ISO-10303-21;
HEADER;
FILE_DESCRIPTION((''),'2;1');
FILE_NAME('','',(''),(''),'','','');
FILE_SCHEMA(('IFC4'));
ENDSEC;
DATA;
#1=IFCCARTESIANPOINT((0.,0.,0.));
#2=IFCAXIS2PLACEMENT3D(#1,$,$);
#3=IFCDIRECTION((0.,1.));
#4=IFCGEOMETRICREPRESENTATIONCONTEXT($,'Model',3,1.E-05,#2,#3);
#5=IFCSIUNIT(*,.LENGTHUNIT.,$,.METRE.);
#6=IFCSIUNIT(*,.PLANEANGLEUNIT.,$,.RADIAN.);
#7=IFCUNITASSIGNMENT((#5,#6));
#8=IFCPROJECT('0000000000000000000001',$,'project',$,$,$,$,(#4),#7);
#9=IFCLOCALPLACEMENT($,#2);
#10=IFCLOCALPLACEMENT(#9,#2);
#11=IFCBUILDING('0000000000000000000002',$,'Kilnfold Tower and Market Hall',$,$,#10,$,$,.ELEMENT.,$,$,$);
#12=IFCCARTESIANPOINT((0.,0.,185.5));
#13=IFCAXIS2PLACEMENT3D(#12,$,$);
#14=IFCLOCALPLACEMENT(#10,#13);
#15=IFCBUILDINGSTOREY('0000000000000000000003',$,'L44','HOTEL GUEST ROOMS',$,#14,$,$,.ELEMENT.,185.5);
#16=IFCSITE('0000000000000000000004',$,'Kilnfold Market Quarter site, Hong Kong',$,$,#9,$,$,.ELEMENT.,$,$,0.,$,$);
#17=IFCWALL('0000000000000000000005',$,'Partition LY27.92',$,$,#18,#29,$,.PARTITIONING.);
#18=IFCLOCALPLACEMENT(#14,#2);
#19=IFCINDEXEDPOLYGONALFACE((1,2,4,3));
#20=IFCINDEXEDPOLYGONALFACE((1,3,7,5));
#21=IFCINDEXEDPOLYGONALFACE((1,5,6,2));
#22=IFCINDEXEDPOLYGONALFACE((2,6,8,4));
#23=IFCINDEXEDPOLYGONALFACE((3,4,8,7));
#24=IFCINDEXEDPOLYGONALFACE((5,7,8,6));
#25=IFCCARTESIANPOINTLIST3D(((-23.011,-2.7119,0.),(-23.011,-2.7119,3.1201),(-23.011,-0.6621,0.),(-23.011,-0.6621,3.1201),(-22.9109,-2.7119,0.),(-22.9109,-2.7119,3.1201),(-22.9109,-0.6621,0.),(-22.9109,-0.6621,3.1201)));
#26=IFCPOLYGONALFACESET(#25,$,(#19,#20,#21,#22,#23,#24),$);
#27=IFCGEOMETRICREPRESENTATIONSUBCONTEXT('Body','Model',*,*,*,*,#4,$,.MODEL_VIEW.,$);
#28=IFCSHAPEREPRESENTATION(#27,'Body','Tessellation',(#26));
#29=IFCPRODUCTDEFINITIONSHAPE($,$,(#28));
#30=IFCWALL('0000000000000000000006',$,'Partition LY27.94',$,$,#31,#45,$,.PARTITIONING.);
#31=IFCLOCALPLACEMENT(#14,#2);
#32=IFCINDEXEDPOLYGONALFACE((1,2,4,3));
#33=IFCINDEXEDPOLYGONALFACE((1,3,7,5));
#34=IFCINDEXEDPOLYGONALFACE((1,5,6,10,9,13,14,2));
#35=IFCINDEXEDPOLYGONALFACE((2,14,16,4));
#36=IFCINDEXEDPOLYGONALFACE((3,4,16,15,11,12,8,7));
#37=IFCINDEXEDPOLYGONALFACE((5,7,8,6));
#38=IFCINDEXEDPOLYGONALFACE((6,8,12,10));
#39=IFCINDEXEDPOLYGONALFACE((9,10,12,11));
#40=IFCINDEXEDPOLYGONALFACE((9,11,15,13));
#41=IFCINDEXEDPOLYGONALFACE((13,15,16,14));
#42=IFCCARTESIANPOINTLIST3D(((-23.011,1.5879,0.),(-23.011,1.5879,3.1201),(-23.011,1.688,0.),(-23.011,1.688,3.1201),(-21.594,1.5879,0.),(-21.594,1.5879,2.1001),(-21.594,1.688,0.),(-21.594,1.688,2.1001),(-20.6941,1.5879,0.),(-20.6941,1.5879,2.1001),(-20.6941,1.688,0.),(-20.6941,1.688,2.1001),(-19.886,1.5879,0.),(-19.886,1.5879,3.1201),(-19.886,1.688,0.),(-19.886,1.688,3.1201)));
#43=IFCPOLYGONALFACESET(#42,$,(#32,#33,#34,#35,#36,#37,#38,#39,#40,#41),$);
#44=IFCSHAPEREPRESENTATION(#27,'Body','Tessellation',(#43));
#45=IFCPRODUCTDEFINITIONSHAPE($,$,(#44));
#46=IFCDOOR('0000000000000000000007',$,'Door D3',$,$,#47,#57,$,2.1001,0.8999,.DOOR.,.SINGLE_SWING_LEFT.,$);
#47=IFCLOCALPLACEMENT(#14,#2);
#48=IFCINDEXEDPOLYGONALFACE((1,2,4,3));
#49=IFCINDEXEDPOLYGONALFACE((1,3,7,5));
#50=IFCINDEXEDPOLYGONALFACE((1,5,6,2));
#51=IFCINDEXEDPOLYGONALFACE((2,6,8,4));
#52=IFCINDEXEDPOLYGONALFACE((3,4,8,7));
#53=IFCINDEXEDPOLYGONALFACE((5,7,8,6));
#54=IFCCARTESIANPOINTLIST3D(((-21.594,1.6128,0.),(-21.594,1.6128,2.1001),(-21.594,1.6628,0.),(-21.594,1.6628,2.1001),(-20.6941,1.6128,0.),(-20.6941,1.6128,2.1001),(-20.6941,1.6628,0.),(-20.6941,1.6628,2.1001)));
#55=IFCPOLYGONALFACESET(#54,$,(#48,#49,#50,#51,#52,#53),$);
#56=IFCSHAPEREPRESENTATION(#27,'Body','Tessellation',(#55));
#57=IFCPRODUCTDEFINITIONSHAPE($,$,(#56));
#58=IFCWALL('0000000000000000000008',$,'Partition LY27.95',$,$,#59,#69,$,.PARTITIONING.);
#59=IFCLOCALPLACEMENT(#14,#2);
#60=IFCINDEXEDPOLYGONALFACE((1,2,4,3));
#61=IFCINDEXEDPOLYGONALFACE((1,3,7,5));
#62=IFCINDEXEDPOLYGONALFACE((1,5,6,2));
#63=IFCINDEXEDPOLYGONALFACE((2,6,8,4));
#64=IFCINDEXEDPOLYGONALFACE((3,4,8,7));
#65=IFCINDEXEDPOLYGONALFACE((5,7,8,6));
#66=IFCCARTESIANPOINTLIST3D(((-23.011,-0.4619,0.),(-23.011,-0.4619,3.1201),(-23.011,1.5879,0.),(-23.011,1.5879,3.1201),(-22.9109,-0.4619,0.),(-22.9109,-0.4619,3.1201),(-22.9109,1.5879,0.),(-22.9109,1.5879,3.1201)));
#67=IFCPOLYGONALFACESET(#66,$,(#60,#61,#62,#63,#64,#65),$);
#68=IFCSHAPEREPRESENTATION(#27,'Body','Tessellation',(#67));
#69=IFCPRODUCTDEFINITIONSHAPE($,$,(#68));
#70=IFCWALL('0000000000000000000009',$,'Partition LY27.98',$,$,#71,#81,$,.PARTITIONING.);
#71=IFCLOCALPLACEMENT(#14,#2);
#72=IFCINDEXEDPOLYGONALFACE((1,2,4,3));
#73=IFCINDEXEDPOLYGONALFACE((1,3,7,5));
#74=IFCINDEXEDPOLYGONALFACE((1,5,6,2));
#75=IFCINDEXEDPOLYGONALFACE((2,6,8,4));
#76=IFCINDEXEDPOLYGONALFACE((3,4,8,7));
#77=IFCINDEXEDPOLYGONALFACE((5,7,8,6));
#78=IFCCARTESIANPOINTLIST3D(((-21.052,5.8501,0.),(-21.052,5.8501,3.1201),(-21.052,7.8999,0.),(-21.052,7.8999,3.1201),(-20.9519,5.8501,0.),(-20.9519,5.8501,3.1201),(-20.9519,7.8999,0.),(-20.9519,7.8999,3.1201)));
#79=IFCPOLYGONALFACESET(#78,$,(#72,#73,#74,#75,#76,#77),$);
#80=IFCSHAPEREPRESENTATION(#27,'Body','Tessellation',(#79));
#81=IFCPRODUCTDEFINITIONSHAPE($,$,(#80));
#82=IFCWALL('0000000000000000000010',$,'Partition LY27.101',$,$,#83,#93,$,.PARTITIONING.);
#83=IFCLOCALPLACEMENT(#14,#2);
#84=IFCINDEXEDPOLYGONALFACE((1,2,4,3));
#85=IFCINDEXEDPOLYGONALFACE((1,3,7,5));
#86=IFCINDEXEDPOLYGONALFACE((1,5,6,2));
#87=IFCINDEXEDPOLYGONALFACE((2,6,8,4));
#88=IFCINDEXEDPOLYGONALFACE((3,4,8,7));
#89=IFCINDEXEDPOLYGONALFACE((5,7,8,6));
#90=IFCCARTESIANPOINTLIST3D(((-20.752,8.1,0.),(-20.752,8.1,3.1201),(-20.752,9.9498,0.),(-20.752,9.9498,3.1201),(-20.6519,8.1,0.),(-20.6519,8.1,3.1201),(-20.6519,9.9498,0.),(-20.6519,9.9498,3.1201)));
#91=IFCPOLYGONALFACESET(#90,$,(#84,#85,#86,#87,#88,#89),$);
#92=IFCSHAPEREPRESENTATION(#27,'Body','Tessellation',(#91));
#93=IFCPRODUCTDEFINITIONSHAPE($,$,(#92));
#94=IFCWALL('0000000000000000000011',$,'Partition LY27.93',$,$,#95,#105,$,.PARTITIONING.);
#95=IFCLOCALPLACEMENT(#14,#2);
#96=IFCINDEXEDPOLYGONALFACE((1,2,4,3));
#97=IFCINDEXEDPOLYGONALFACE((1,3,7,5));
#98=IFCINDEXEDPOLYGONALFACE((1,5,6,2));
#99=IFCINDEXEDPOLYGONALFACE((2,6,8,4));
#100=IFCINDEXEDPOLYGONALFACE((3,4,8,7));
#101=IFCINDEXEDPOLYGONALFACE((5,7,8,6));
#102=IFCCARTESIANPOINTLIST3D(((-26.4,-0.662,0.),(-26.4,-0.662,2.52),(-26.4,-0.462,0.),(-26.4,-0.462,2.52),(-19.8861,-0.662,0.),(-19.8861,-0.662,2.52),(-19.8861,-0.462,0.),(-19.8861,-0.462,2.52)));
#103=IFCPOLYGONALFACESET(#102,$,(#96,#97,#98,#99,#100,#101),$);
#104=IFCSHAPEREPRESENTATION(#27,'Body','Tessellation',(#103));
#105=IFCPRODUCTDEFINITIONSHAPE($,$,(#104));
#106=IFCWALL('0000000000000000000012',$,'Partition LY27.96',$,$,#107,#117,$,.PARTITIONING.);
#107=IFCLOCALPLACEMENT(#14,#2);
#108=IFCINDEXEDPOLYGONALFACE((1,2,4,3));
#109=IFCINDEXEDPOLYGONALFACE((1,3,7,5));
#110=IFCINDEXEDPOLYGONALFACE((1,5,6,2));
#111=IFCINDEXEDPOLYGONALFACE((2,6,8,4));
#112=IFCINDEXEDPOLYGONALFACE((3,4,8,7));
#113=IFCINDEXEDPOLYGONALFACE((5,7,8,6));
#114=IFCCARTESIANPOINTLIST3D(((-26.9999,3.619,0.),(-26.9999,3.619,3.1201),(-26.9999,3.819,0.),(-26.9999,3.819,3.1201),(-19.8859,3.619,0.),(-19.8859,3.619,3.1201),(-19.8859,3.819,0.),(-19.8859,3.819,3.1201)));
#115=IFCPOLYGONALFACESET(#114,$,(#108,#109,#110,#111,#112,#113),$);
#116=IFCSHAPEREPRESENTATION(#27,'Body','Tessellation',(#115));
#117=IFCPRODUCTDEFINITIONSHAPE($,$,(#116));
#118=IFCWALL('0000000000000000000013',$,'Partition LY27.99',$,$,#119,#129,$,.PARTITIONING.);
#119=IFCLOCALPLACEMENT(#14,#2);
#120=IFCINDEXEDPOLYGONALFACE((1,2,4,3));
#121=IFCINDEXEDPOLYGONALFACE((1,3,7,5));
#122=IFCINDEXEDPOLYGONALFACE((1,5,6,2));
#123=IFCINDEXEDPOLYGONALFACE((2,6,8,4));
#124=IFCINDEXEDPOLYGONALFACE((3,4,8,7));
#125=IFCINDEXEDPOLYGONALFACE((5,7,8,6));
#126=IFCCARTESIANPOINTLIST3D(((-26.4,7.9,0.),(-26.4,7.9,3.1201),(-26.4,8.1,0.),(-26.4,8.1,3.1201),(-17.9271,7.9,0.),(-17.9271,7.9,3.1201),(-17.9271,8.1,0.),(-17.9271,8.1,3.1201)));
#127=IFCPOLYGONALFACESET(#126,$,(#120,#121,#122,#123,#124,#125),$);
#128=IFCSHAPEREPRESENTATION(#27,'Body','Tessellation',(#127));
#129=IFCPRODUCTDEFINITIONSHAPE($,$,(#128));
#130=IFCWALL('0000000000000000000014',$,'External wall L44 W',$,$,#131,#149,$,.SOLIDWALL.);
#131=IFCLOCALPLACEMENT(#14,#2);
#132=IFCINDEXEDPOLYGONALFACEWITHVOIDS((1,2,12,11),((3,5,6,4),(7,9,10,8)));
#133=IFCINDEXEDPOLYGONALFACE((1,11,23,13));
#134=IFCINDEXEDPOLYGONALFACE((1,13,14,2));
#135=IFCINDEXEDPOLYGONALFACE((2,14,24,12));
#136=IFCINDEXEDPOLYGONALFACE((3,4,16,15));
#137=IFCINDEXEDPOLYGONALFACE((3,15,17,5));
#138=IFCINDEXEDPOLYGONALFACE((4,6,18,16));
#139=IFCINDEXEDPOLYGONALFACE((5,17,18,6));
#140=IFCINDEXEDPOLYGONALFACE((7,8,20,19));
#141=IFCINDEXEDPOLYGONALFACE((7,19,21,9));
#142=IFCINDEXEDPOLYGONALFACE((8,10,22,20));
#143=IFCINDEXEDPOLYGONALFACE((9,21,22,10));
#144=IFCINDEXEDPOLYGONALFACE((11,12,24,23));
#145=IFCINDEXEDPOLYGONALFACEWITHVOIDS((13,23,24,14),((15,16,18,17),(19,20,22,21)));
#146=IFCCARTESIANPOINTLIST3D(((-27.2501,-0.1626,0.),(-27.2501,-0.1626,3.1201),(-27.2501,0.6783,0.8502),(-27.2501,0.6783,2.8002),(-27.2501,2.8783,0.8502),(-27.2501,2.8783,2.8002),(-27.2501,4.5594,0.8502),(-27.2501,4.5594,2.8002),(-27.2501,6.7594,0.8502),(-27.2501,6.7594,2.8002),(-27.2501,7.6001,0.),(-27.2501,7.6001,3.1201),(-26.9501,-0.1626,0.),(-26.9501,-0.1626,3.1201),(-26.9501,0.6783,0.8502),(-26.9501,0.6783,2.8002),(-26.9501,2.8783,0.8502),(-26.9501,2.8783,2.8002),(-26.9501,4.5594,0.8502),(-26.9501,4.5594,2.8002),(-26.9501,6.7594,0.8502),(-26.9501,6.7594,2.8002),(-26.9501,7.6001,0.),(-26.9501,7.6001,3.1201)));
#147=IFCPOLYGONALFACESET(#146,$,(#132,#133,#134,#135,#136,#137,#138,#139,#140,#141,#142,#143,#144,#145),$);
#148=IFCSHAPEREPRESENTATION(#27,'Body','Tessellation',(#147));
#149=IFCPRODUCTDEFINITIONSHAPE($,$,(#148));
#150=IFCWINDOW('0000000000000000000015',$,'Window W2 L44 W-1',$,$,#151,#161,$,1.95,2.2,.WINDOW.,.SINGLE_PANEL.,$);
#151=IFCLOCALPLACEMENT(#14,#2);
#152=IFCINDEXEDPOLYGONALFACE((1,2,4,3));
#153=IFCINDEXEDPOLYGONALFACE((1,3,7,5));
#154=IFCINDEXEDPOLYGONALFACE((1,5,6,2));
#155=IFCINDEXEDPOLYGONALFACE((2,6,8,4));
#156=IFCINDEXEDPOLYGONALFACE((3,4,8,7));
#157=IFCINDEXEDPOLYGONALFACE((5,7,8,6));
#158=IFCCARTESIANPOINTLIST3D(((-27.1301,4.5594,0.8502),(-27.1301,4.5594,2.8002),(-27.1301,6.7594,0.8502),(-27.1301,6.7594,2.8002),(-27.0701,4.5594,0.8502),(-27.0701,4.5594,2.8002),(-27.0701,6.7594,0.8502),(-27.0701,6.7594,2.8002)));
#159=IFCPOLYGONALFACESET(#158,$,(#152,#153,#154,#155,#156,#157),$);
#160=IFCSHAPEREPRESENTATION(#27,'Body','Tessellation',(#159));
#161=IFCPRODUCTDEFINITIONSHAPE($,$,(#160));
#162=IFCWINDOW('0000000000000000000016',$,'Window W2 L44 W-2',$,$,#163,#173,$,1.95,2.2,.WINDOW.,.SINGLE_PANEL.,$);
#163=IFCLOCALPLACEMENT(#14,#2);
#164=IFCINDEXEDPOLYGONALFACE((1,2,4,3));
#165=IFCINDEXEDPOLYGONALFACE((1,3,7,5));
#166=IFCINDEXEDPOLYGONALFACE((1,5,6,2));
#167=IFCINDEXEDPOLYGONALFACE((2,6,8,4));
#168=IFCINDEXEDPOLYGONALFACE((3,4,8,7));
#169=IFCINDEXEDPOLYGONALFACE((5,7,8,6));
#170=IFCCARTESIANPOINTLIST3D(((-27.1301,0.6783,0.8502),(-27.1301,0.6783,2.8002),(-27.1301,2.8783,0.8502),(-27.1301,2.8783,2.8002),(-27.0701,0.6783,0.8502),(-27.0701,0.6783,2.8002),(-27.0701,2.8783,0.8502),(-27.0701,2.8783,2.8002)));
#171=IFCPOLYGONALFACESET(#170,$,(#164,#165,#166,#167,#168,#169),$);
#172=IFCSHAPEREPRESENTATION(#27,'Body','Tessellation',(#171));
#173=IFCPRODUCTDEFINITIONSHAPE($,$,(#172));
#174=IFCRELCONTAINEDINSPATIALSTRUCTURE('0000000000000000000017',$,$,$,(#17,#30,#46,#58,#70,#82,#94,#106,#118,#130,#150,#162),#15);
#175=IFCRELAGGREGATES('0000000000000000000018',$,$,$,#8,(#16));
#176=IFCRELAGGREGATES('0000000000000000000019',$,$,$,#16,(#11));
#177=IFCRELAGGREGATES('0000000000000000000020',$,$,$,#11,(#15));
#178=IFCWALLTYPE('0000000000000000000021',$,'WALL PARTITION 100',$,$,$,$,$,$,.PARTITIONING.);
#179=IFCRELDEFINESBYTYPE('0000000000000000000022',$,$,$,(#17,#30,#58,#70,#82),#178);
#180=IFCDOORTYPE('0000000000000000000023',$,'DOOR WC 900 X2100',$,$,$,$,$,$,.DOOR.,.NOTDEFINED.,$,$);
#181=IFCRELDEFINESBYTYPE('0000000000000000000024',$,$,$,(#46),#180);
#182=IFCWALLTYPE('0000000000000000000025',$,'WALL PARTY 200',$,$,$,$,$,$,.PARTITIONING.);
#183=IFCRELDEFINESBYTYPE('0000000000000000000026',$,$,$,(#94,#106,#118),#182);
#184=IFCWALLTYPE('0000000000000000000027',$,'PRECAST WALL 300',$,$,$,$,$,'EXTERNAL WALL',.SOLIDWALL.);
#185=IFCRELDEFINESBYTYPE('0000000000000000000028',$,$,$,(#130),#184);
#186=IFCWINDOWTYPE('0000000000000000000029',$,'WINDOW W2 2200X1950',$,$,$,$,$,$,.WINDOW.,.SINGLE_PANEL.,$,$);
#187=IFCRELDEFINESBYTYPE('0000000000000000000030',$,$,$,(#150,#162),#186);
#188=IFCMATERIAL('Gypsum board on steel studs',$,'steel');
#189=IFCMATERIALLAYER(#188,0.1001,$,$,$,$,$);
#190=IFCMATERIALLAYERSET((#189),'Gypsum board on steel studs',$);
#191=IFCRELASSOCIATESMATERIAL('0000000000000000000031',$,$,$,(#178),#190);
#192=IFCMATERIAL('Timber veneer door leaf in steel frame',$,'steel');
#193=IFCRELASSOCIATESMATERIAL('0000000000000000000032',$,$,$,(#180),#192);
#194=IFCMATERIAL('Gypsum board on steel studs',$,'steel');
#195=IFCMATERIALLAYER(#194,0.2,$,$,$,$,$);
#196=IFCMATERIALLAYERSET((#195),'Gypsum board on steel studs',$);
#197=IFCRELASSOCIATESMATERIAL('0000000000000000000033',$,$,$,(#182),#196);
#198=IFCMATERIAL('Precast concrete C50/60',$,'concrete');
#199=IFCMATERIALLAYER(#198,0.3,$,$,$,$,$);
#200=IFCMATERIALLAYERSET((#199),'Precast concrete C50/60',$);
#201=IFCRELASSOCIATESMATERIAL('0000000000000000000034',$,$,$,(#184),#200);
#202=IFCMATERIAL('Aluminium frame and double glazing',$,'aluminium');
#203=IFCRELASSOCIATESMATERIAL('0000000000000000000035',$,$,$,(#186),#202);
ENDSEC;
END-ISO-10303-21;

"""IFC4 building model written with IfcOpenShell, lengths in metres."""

from ifc_helpers import new_model, si_unit, direction, frame, frame_2d, origin, place, context, subcontext, project, spatial, rectangle, extrude, source, transform, mapped, material, layer, layer_set, type_object, element, fill, save


model = new_model("IFC4")

# Units and contexts
model_context = context("Model", 3, precision=1e-05, world=origin(), true_north=direction((0.0, 1.0)))
body_context = subcontext(model_context, "Body", "Model", "MODEL_VIEW")
ifc_project = project(units=[si_unit("LENGTHUNIT", "METRE"), si_unit("PLANEANGLEUNIT", "RADIAN")], contexts=[model_context])

# Site, building, storey
site_placement = place(None, origin())
site = spatial("IfcSite", under=ifc_project, at=site_placement, Name="Kilnfold Market Quarter site, Hong Kong", CompositionType="ELEMENT", RefElevation=0.0)
building_placement = place(site_placement, origin())
building = spatial("IfcBuilding", under=site, at=building_placement, Name="Kilnfold Tower and Market Hall", CompositionType="ELEMENT")
storey_placement = place(building_placement, frame((0.0, 0.0, 185.5)))
storey = spatial("IfcBuildingStorey", under=building, at=storey_placement, Name="L44", Description="HOTEL GUEST ROOMS", CompositionType="ELEMENT", Elevation=185.5)

# Wall
ifc_material_1 = material(Name="Gypsum board on steel studs", Category="steel")
ifc_layer_1 = layer(ifc_material_1, 0.1001)
ifc_layer_set_1 = layer_set([ifc_layer_1], Name="Gypsum board on steel studs")
wall_type_1 = type_object("IfcWallType", Name="WALL PARTITION 100", PredefinedType="PARTITIONING", material=ifc_layer_set_1)
wall_1_placement = place(storey_placement, frame((-22.9609, -2.7119, 0.0), z_axis=(0.0, 0.0, 1.0), x_axis=(0.0, 1.0, 0.0)))
element("IfcWall", 1, at=wall_1_placement, inside=storey, type_object=wall_type_1, Name="Partition LY27.92", PredefinedType="PARTITIONING", context=body_context, shape_type="SweptSolid", body=[
    extrude(rectangle(XDim=2.0498, YDim=0.1001, at=frame_2d((1.0249, 0.0))), origin(), (0.0, 0.0, 1.0), 3.1201),
])

# Wall, opening, door
wall_2_placement = place(storey_placement, frame((-23.011, 1.6379, 0.0), z_axis=(0.0, 0.0, 1.0), x_axis=(1.0, 0.0, 0.0)))
wall_2 = element("IfcWall", 2, at=wall_2_placement, inside=storey, type_object=wall_type_1, Name="Partition LY27.94", PredefinedType="PARTITIONING", context=body_context, shape_type="SweptSolid", body=[
    extrude(rectangle(XDim=3.125, YDim=0.1001, at=frame_2d((1.5625, 0.0))), origin(), (0.0, 0.0, 1.0), 3.1201),
])
opening_1_placement = place(wall_2_placement, frame((1.417, 0.0, 0.0)))
opening_1 = element("IfcOpeningElement", 3, at=opening_1_placement, cuts=wall_2, PredefinedType="OPENING", context=body_context, shape_type="SweptSolid", body=[
    extrude(rectangle(XDim=0.8999, YDim=2.1001, at=frame_2d((0.45, 1.05))), frame((0.0, 0.0601, 0.0), z_axis=(0.0, -1.0, 0.0), x_axis=(1.0, 0.0, 0.0)), (0.0, 0.0, 1.0), 0.1201),
])
ifc_material_2 = material(Name="Timber veneer door leaf in steel frame", Category="steel")
door_type_1 = type_object("IfcDoorType", Name="DOOR WC 900 X2100", OperationType="NOTDEFINED", PredefinedType="DOOR", material=ifc_material_2)
door_1_placement = place(opening_1_placement, origin())
door_1 = element("IfcDoor", 4, at=door_1_placement, inside=storey, type_object=door_type_1, Name="Door D3", OperationType="SINGLE_SWING_LEFT", OverallHeight=2.1001, OverallWidth=0.8999, PredefinedType="DOOR", context=body_context, shape_type="SweptSolid", body=[
    extrude(rectangle(XDim=0.8999, YDim=2.1001, at=frame_2d((0.45, 1.05))), frame((0.0, 0.0249, 0.0), z_axis=(0.0, -1.0, 0.0), x_axis=(1.0, 0.0, 0.0)), (0.0, 0.0, 1.0), 0.05),
])
fill(opening_1, door_1)

# Walls
for number, where, z_axis, x_axis, name in (
    (5, (-22.9609, -0.4619, 0.0), (0.0, 0.0, 1.0), (0.0, 1.0, 0.0), "Partition LY27.95"),
    (6, (-21.002, 5.8501, 0.0), (0.0, 0.0, 1.0), (0.0, 1.0, 0.0), "Partition LY27.98"),
):
    element("IfcWall", number, at=place(storey_placement, frame(where, z_axis=z_axis, x_axis=x_axis)), inside=storey, type_object=wall_type_1, Name=name, PredefinedType="PARTITIONING", context=body_context, shape_type="SweptSolid", body=[
        extrude(rectangle(XDim=2.0498, YDim=0.1001, at=frame_2d((1.0249, 0.0))), origin(), (0.0, 0.0, 1.0), 3.1201),
    ])
wall_3_placement = place(storey_placement, frame((-20.7019, 8.1001, 0.0), z_axis=(0.0, 0.0, 1.0), x_axis=(0.0, 1.0, 0.0)))
element("IfcWall", 7, at=wall_3_placement, inside=storey, type_object=wall_type_1, Name="Partition LY27.101", PredefinedType="PARTITIONING", context=body_context, shape_type="SweptSolid", body=[
    extrude(rectangle(XDim=1.8499, YDim=0.1001, at=frame_2d((0.9248, 0.0))), origin(), (0.0, 0.0, 1.0), 3.1201),
])
ifc_material_3 = material(Name="Gypsum board on steel studs", Category="steel")
ifc_layer_2 = layer(ifc_material_3, 0.2)
ifc_layer_set_2 = layer_set([ifc_layer_2], Name="Gypsum board on steel studs")
wall_type_2 = type_object("IfcWallType", Name="WALL PARTY 200", PredefinedType="PARTITIONING", material=ifc_layer_set_2)
wall_4_placement = place(storey_placement, frame((-26.3999, -0.562, 0.0), z_axis=(0.0, 0.0, 1.0), x_axis=(1.0, 0.0, 0.0)))
element("IfcWall", 8, at=wall_4_placement, inside=storey, type_object=wall_type_2, Name="Partition LY27.93", PredefinedType="PARTITIONING", context=body_context, shape_type="SweptSolid", body=[
    extrude(rectangle(XDim=6.5139, YDim=0.2, at=frame_2d((3.2568, 0.0))), origin(), (0.0, 0.0, 1.0), 2.52),
])
wall_5_placement = place(storey_placement, frame((-27.0, 3.719, 0.0), z_axis=(0.0, 0.0, 1.0), x_axis=(1.0, 0.0, 0.0)))
element("IfcWall", 9, at=wall_5_placement, inside=storey, type_object=wall_type_2, Name="Partition LY27.96", PredefinedType="PARTITIONING", context=body_context, shape_type="SweptSolid", body=[
    extrude(rectangle(XDim=7.114, YDim=0.2, at=frame_2d((3.5571, 0.0))), origin(), (0.0, 0.0, 1.0), 3.1201),
])
wall_6_placement = place(storey_placement, frame((-26.3999, 8.0, 0.0), z_axis=(0.0, 0.0, 1.0), x_axis=(1.0, 0.0, 0.0)))
element("IfcWall", 10, at=wall_6_placement, inside=storey, type_object=wall_type_2, Name="Partition LY27.99", PredefinedType="PARTITIONING", context=body_context, shape_type="SweptSolid", body=[
    extrude(rectangle(XDim=8.4729, YDim=0.2, at=frame_2d((4.2363, 0.0))), origin(), (0.0, 0.0, 1.0), 3.1201),
])

# Wall, openings, windows
ifc_material_4 = material(Name="Precast concrete C50/60", Category="concrete")
ifc_layer_3 = layer(ifc_material_4, 0.3)
ifc_layer_set_3 = layer_set([ifc_layer_3], Name="Precast concrete C50/60")
wall_type_3 = type_object("IfcWallType", Name="PRECAST WALL 300", ElementType="EXTERNAL WALL", PredefinedType="SOLIDWALL", material=ifc_layer_set_3)
shared_shape_1 = source(origin(), body_context, "Body", "SweptSolid", [
    extrude(rectangle(XDim=7.7627, YDim=0.3, at=frame_2d((3.8813, 0.0))), origin(), (0.0, 0.0, 1.0), 3.1201),
])
wall_7_placement = place(storey_placement, frame((-27.1001, 7.6001, 0.0), z_axis=(0.0, 0.0, 1.0), x_axis=(0.0, -1.0, 0.0)))
wall_7 = element("IfcWall", 11, at=wall_7_placement, inside=storey, type_object=wall_type_3, Name="External wall L44 W", PredefinedType="SOLIDWALL", context=body_context, shape_type="MappedRepresentation", body=[
    mapped(shared_shape_1, transform((0.0, 0.0, 0.0))),
])
opening_2_placement = place(wall_7_placement, frame((0.8406, 0.0, 0.8501)))
opening_2 = element("IfcOpeningElement", 12, at=opening_2_placement, cuts=wall_7, PredefinedType="OPENING", context=body_context, shape_type="SweptSolid", body=[
    extrude(rectangle(XDim=2.2, YDim=1.95, at=frame_2d((1.1001, 0.9751))), frame((0.0, 0.1602, 0.0), z_axis=(0.0, -1.0, 0.0), x_axis=(1.0, 0.0, 0.0)), (0.0, 0.0, 1.0), 0.3201),
])
opening_3_placement = place(wall_7_placement, frame((4.7217, 0.0, 0.8501)))
opening_3 = element("IfcOpeningElement", 13, at=opening_3_placement, cuts=wall_7, PredefinedType="OPENING", context=body_context, shape_type="SweptSolid", body=[
    extrude(rectangle(XDim=2.2, YDim=1.95, at=frame_2d((1.1001, 0.9751))), frame((0.0, 0.1602, 0.0), z_axis=(0.0, -1.0, 0.0), x_axis=(1.0, 0.0, 0.0)), (0.0, 0.0, 1.0), 0.3201),
])
ifc_material_5 = material(Name="Aluminium frame and double glazing", Category="aluminium")
window_type = type_object("IfcWindowType", Name="WINDOW W2 2200X1950", PartitioningType="SINGLE_PANEL", PredefinedType="WINDOW", material=ifc_material_5)
window_1_placement = place(opening_2_placement, origin())
window_1 = element("IfcWindow", 14, at=window_1_placement, inside=storey, type_object=window_type, Name="Window W2 L44 W-1", OverallHeight=1.95, OverallWidth=2.2, PartitioningType="SINGLE_PANEL", PredefinedType="WINDOW", context=body_context, shape_type="SweptSolid", body=[
    extrude(rectangle(XDim=2.2, YDim=1.95, at=frame_2d((1.1001, 0.9751))), frame((0.0, 0.03, 0.0), z_axis=(0.0, -1.0, 0.0), x_axis=(1.0, 0.0, 0.0)), (0.0, 0.0, 1.0), 0.0601),
])
fill(opening_2, window_1)
window_2_placement = place(opening_3_placement, origin())
window_2 = element("IfcWindow", 15, at=window_2_placement, inside=storey, type_object=window_type, Name="Window W2 L44 W-2", OverallHeight=1.95, OverallWidth=2.2, PartitioningType="SINGLE_PANEL", PredefinedType="WINDOW", context=body_context, shape_type="SweptSolid", body=[
    extrude(rectangle(XDim=2.2, YDim=1.95, at=frame_2d((1.1001, 0.9751))), frame((0.0, 0.03, 0.0), z_axis=(0.0, -1.0, 0.0), x_axis=(1.0, 0.0, 0.0)), (0.0, 0.0, 1.0), 0.0601),
])
fill(opening_3, window_2)

save(model, "model.ifc")
